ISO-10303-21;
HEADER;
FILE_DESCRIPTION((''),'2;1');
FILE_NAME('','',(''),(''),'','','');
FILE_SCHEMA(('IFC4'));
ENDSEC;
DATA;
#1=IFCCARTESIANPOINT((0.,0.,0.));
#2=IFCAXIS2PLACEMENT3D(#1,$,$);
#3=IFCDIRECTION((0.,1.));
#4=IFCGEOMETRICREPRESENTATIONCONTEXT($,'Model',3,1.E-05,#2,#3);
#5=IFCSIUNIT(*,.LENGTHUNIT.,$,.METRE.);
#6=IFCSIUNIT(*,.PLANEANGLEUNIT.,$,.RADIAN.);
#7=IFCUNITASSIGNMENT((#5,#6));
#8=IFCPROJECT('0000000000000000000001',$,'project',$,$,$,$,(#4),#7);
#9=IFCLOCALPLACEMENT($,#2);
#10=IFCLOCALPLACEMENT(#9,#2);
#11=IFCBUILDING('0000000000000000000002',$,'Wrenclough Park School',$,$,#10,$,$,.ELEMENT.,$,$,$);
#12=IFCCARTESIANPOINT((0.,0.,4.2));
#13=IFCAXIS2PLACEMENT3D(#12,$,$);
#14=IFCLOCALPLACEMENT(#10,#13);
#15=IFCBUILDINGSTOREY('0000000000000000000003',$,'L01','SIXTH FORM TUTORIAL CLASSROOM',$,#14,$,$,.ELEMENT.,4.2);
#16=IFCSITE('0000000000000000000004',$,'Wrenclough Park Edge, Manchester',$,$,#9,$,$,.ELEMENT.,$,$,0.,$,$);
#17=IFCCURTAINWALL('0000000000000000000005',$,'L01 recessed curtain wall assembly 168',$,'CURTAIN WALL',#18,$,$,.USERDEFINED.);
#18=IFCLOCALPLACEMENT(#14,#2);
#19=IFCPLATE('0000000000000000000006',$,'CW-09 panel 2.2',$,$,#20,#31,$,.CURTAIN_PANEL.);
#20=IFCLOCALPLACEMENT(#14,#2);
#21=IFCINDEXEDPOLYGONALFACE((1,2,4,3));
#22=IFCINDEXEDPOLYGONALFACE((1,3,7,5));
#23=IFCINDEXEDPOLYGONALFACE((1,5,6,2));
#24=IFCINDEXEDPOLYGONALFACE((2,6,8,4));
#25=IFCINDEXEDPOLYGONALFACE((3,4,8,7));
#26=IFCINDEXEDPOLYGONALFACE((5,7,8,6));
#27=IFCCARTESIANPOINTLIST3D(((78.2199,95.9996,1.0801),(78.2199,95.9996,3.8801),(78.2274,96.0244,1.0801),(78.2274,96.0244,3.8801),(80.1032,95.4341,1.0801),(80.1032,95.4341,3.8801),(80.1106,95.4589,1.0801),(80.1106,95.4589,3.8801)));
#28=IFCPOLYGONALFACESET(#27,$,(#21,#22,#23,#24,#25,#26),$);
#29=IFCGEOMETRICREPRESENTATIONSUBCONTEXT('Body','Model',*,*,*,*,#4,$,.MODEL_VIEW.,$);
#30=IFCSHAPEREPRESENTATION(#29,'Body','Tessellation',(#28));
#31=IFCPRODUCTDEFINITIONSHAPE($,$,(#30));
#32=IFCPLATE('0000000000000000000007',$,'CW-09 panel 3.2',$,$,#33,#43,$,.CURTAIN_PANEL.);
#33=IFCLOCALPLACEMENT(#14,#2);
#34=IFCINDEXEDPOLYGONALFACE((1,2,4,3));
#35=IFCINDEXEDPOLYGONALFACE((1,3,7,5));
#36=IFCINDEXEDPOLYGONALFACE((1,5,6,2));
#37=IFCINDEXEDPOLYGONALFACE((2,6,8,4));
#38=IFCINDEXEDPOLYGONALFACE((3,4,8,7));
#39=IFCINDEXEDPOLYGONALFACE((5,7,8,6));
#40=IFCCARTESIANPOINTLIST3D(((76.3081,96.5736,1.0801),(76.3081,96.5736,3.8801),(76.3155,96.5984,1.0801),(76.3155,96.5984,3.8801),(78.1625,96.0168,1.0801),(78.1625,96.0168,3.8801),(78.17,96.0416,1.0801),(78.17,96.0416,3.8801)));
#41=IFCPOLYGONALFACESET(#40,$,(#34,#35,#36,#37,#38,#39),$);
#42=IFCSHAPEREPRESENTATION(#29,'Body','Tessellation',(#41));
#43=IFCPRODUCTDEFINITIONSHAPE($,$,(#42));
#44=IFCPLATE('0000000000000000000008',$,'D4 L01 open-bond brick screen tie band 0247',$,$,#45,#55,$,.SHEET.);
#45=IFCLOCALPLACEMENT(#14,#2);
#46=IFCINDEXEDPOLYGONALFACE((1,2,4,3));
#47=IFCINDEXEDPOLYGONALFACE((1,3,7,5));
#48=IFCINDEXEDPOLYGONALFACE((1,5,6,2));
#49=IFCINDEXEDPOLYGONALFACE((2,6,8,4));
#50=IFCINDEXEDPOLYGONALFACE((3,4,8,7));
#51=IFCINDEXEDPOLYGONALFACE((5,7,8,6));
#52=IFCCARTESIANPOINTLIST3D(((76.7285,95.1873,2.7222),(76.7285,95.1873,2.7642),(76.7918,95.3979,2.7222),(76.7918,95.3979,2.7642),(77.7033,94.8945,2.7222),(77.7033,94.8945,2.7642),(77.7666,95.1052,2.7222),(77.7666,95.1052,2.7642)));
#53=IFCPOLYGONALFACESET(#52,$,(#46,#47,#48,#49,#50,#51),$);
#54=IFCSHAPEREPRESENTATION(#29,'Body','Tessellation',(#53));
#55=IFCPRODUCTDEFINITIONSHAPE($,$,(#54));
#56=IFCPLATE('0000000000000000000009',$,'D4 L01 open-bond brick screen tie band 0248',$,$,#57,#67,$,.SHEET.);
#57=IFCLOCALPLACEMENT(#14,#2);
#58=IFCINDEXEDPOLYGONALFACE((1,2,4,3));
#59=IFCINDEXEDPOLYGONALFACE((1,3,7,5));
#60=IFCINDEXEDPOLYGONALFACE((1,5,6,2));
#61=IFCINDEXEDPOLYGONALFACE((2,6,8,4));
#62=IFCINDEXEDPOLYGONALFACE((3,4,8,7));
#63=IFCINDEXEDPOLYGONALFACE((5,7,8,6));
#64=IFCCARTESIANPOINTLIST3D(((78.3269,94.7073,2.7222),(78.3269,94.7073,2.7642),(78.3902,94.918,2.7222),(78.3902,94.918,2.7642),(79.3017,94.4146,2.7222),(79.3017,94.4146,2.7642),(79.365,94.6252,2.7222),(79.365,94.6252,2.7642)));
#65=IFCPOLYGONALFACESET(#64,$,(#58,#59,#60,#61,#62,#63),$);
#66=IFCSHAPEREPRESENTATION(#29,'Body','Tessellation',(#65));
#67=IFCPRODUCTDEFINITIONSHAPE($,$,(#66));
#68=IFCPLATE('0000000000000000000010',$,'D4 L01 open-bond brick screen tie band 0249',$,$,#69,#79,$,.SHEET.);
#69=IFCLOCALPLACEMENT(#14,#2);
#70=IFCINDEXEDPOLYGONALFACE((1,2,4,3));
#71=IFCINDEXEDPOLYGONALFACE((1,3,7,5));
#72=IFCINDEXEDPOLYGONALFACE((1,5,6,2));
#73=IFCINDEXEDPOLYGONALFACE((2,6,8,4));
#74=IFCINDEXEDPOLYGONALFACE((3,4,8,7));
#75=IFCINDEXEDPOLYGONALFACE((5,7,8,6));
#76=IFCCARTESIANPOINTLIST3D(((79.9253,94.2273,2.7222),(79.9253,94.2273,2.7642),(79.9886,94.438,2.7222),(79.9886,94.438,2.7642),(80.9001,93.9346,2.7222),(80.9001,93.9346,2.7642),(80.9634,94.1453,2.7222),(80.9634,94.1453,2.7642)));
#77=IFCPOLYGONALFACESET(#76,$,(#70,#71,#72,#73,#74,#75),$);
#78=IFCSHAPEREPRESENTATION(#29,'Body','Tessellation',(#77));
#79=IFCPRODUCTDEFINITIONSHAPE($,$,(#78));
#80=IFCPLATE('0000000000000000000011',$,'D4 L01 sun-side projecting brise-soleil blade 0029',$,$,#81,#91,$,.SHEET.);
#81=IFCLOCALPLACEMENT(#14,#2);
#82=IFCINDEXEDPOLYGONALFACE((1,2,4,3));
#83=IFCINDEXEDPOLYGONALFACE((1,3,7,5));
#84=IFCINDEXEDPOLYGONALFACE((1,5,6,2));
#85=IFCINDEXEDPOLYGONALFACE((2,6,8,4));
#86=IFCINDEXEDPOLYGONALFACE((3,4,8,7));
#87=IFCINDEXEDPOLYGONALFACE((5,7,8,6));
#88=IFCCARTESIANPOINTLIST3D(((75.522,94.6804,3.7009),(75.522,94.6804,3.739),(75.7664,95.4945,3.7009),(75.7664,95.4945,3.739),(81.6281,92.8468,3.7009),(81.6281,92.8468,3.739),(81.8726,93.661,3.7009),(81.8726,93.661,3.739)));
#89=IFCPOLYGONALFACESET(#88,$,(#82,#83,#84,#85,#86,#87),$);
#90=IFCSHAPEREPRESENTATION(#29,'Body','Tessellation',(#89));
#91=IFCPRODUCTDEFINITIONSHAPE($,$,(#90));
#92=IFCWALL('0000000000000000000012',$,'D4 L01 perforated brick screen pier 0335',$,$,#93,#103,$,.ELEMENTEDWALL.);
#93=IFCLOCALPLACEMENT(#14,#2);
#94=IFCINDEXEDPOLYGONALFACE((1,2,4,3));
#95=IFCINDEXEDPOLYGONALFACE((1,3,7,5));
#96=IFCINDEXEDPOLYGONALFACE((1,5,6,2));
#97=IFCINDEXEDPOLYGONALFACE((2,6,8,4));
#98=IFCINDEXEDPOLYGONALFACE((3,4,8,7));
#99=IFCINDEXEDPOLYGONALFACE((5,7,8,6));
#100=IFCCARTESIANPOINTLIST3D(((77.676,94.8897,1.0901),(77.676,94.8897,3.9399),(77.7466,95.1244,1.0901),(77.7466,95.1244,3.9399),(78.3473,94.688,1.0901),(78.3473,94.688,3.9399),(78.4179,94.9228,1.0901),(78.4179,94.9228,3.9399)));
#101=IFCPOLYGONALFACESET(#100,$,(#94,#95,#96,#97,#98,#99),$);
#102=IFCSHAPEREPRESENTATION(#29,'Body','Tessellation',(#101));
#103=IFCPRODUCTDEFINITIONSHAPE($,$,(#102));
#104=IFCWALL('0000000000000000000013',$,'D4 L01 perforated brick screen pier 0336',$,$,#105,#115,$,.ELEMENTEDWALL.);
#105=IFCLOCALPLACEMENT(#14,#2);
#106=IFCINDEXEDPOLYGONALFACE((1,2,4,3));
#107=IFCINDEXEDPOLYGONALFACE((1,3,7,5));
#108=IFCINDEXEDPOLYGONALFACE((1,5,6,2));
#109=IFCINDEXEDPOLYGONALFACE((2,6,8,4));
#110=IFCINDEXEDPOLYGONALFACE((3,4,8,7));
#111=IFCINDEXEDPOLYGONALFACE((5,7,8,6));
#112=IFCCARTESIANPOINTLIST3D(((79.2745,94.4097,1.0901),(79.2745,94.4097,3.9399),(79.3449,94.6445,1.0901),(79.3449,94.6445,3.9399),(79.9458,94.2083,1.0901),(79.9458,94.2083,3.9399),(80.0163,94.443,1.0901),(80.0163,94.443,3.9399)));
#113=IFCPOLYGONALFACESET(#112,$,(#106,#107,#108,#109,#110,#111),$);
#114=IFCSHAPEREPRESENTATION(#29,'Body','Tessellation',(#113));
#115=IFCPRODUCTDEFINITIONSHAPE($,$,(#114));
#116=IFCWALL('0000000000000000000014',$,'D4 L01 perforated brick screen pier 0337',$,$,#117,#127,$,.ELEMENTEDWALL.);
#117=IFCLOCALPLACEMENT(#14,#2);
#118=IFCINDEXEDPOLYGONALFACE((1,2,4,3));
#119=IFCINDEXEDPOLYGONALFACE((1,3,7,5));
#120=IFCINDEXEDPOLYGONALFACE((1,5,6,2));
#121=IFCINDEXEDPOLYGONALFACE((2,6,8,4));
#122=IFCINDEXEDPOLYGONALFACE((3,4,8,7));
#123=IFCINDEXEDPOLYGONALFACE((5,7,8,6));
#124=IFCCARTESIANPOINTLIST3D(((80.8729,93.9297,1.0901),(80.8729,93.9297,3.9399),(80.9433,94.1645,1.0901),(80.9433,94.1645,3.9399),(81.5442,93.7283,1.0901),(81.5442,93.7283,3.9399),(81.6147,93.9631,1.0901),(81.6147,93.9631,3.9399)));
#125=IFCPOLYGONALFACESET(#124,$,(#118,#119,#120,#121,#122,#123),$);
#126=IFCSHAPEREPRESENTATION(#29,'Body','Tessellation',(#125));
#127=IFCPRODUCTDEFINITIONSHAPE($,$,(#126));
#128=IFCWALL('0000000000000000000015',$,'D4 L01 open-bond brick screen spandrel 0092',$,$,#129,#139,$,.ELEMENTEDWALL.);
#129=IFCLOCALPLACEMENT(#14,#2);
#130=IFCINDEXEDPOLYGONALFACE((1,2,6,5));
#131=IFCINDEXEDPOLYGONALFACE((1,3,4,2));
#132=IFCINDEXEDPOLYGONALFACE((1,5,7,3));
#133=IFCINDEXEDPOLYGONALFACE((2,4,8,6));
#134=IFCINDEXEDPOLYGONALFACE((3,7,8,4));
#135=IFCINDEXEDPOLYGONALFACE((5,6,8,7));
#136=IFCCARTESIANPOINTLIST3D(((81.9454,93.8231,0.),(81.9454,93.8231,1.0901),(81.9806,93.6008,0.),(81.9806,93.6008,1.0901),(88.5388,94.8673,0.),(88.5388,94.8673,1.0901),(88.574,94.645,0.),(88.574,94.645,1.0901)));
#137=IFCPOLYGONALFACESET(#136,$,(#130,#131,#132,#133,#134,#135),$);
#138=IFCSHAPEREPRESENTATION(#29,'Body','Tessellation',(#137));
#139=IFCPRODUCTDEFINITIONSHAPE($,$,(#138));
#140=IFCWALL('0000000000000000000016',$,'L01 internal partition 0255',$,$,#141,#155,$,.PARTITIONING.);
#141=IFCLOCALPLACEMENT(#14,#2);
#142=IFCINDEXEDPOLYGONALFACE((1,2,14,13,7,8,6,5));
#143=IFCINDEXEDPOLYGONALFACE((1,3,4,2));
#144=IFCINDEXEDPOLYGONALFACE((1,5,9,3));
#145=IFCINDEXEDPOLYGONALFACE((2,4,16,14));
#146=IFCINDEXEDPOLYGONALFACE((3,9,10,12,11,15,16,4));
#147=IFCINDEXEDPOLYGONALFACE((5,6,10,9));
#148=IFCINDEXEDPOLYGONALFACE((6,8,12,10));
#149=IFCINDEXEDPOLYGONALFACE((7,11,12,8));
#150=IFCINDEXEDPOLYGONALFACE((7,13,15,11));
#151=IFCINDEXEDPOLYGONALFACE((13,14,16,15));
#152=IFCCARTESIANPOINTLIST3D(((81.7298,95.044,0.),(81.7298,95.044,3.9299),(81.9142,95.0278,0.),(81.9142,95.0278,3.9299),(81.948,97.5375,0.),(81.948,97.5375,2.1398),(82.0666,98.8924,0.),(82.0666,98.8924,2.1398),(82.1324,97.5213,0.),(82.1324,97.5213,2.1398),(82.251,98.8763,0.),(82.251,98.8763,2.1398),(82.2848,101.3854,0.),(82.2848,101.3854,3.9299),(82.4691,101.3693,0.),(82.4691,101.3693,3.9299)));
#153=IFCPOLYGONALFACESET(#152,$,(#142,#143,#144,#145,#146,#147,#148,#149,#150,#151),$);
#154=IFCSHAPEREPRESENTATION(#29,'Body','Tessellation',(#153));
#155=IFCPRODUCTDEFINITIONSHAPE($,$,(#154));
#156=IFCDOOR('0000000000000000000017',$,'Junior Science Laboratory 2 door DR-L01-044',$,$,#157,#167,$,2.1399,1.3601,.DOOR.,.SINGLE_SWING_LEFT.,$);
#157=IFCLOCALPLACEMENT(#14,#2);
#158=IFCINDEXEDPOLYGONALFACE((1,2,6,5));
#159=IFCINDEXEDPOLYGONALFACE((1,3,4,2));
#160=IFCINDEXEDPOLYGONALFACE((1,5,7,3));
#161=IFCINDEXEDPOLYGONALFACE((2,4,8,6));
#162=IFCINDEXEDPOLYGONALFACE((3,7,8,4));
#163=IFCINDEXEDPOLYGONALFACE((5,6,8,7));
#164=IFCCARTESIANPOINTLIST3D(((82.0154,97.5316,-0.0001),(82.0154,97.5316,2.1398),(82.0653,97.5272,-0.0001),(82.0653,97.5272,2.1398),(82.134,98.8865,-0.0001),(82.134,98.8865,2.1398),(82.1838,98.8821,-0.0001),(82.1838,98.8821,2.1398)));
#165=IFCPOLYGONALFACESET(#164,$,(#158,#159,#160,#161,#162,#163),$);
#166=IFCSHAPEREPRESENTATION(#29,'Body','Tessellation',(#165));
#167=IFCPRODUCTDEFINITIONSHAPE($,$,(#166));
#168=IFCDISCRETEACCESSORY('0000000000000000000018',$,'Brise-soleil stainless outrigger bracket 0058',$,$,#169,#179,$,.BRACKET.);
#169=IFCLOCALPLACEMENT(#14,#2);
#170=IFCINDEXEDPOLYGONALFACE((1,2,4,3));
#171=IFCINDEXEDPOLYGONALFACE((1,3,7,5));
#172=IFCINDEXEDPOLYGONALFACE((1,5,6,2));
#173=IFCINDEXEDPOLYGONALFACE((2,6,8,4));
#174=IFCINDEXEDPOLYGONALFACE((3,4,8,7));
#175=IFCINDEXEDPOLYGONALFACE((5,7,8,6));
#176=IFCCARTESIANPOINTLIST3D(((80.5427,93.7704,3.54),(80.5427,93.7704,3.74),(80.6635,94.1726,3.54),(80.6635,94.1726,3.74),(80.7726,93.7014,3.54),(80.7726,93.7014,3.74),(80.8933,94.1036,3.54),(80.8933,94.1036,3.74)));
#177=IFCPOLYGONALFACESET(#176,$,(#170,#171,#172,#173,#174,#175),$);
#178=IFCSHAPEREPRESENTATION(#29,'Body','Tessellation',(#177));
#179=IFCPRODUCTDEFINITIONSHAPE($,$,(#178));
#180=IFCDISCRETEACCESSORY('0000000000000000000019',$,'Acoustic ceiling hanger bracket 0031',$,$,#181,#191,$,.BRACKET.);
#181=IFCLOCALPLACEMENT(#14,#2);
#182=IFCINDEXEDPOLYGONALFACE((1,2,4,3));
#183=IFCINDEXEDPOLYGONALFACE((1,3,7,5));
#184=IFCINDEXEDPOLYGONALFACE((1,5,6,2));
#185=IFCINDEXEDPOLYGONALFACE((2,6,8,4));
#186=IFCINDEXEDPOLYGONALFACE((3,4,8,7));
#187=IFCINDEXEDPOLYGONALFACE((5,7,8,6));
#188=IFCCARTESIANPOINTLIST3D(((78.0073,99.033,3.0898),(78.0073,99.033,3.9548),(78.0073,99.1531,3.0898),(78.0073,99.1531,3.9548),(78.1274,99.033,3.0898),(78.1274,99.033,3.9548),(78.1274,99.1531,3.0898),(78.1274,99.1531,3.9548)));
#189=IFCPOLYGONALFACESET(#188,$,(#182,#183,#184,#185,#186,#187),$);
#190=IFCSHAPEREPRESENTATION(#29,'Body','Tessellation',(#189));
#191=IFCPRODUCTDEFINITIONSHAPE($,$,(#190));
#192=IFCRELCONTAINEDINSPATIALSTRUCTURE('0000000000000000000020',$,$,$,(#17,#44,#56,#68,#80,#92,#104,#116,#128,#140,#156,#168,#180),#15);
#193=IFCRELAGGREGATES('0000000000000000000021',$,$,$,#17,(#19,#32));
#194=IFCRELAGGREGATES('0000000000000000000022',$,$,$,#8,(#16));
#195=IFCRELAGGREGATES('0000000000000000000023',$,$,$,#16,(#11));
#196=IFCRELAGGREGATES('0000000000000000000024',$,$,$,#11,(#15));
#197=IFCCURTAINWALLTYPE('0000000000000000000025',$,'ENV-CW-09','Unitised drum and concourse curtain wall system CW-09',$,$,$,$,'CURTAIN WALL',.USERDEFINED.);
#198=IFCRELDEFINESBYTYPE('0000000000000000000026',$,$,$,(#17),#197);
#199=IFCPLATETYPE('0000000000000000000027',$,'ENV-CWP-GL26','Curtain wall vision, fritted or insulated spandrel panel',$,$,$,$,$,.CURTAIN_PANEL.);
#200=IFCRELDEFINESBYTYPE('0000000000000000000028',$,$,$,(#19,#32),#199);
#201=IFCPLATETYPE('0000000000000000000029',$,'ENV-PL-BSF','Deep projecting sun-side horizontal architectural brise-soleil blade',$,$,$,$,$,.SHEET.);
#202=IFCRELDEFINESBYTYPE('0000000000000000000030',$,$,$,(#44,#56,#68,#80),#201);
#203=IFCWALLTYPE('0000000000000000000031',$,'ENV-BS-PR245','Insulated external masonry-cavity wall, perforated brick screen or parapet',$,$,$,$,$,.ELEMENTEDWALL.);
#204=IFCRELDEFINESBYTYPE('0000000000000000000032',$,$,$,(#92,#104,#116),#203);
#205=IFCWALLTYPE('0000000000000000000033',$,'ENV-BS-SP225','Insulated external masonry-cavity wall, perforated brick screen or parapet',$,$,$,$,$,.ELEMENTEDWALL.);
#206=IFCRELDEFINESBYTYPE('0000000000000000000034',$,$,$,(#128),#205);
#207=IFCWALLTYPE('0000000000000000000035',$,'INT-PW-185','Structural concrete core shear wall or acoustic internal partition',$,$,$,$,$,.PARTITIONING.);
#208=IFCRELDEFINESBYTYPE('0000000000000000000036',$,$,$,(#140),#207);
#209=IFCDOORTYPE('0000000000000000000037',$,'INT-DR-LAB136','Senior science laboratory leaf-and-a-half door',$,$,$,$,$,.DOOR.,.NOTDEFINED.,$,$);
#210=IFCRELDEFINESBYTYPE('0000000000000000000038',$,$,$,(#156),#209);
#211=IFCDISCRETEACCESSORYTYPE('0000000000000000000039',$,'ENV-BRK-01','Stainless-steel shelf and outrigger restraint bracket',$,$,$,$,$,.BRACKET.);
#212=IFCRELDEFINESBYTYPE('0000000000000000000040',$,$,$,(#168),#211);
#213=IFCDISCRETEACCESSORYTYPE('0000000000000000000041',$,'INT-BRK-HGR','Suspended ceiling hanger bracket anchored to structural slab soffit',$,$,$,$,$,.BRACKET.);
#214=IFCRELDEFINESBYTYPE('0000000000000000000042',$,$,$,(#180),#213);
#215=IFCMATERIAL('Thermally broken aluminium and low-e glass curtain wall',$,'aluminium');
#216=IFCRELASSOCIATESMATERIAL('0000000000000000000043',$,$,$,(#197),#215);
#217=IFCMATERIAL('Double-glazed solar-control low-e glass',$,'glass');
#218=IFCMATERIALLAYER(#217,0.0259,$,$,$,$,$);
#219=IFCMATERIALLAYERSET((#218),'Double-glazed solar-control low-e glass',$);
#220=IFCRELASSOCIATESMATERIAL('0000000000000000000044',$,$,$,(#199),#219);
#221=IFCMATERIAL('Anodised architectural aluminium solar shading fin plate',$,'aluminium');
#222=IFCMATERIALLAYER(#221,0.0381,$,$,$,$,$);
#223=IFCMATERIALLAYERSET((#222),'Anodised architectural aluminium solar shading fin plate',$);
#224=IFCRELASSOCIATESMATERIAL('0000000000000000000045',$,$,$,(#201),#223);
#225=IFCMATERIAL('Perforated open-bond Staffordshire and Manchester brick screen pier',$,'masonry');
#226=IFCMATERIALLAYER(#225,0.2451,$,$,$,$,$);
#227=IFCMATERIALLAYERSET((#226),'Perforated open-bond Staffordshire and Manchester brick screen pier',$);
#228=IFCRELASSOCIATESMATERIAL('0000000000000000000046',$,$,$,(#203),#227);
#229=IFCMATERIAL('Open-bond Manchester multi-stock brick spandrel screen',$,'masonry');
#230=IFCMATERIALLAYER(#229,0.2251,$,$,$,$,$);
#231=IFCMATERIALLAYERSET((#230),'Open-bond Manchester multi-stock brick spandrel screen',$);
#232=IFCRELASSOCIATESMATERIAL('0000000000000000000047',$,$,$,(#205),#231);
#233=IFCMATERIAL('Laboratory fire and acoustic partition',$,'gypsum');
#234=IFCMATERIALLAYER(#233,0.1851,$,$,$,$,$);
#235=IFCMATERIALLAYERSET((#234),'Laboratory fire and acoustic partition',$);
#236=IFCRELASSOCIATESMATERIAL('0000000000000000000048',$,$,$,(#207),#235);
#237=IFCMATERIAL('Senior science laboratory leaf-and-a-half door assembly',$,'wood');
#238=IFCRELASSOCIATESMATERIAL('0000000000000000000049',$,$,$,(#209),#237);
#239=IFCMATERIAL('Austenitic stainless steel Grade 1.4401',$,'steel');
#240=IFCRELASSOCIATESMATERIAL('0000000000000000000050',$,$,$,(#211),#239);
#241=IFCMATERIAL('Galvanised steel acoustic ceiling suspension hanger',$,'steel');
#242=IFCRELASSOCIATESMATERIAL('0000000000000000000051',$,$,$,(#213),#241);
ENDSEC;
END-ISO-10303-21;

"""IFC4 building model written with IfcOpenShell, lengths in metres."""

from ifc_helpers import new_model, si_unit, direction, frame, frame_2d, origin, origin_2d, place, context, subcontext, project, spatial, rectangle, extrude, material, layer, layer_set, type_object, element, fill, aggregate, save


model = new_model("IFC4")

# Units and contexts
model_context = context("Model", 3, precision=1e-05, world=origin(), true_north=direction((0.0, 1.0)))
body_context = subcontext(model_context, "Body", "Model", "MODEL_VIEW")
ifc_project = project(units=[si_unit("LENGTHUNIT", "METRE"), si_unit("PLANEANGLEUNIT", "RADIAN")], contexts=[model_context])

# Site, building, storey
site_placement = place(None, origin())
site = spatial("IfcSite", under=ifc_project, at=site_placement, Name="Wrenclough Park Edge, Manchester", CompositionType="ELEMENT", RefElevation=0.0)
building_placement = place(site_placement, origin())
building = spatial("IfcBuilding", under=site, at=building_placement, Name="Wrenclough Park School", CompositionType="ELEMENT")
storey_placement = place(building_placement, frame((0.0, 0.0, 4.2)))
storey = spatial("IfcBuildingStorey", under=building, at=storey_placement, Name="L01", Description="SIXTH FORM TUTORIAL CLASSROOM", CompositionType="ELEMENT", Elevation=4.2)

# Curtain wall, plates
ifc_material_1 = material(Name="Thermally broken aluminium and low-e glass curtain wall", Category="aluminium")
curtain_wall_type = type_object("IfcCurtainWallType", Name="ENV-CW-09", Description="Unitised drum and concourse curtain wall system CW-09", ElementType="CURTAIN WALL", PredefinedType="USERDEFINED", material=ifc_material_1)
curtain_wall_placement = place(storey_placement, origin())
curtain_wall = element("IfcCurtainWall", 1, at=curtain_wall_placement, inside=storey, type_object=curtain_wall_type, Name="L01 recessed curtain wall assembly 168", ObjectType="CURTAIN WALL", PredefinedType="USERDEFINED")
ifc_material_2 = material(Name="Double-glazed solar-control low-e glass", Category="glass")
ifc_layer_1 = layer(ifc_material_2, 0.0259)
ifc_layer_set_1 = layer_set([ifc_layer_1], Name="Double-glazed solar-control low-e glass")
plate_type_1 = type_object("IfcPlateType", Name="ENV-CWP-GL26", Description="Curtain wall vision, fritted or insulated spandrel panel", PredefinedType="CURTAIN_PANEL", material=ifc_layer_set_1)
plate_1_placement = place(storey_placement, frame((79.1653, 95.7292, 1.0801), z_axis=(0.0, 0.0, 1.0), x_axis=(-0.957756, 0.287583, 0.0)))
plate_1 = element("IfcPlate", 2, at=plate_1_placement, type_object=plate_type_1, Name="CW-09 panel 2.2", PredefinedType="CURTAIN_PANEL", context=body_context, shape_type="SweptSolid", body=[
    extrude(rectangle(XDim=1.9663, YDim=0.0259, at=origin_2d()), origin(), (0.0, 0.0, 1.0), 2.8),
])
plate_2_placement = place(storey_placement, frame((77.239, 96.3076, 1.0801), z_axis=(0.0, 0.0, 1.0), x_axis=(-0.957756, 0.287583, 0.0)))
plate_2 = element("IfcPlate", 3, at=plate_2_placement, type_object=plate_type_1, Name="CW-09 panel 3.2", PredefinedType="CURTAIN_PANEL", context=body_context, shape_type="SweptSolid", body=[
    extrude(rectangle(XDim=1.9363, YDim=0.0259, at=origin_2d()), origin(), (0.0, 0.0, 1.0), 2.8),
])
aggregate(curtain_wall, [plate_1, plate_2])

# Plates
ifc_material_3 = material(Name="Anodised architectural aluminium solar shading fin plate", Category="aluminium")
ifc_layer_2 = layer(ifc_material_3, 0.0381)
ifc_layer_set_2 = layer_set([ifc_layer_2], Name="Anodised architectural aluminium solar shading fin plate")
plate_type_2 = type_object("IfcPlateType", Name="ENV-PL-BSF", Description="Deep projecting sun-side horizontal architectural brise-soleil blade", PredefinedType="SHEET", material=ifc_layer_set_2)
for number, where, z_axis, x_axis, name in (
    (4, (77.2476, 95.1462, 2.7222), (0.0, 0.0, 1.0), (0.957751, -0.287598, 0.0), "D4 L01 open-bond brick screen tie band 0247"),
    (5, (78.8459, 94.6663, 2.7222), (0.0, 0.0, 1.0), (0.957751, -0.287598, 0.0), "D4 L01 open-bond brick screen tie band 0248"),
    (6, (80.4443, 94.1863, 2.7222), (0.0, 0.0, 1.0), (0.957751, -0.287598, 0.0), "D4 L01 open-bond brick screen tie band 0249"),
):
    element("IfcPlate", number, at=place(storey_placement, frame(where, z_axis=z_axis, x_axis=x_axis)), inside=storey, type_object=plate_type_2, Name=name, PredefinedType="SHEET", context=body_context, shape_type="SweptSolid", body=[
        extrude(rectangle(XDim=1.0178, YDim=0.22, at=origin_2d()), origin(), (0.0, 0.0, 1.0), 0.042),
    ])
plate_3_placement = place(storey_placement, frame((78.6973, 94.1707, 3.7009), z_axis=(0.0, 0.0, 1.0), x_axis=(0.957751, -0.287598, 0.0)))
element("IfcPlate", 7, at=plate_3_placement, inside=storey, type_object=plate_type_2, Name="D4 L01 sun-side projecting brise-soleil blade 0029", PredefinedType="SHEET", context=body_context, shape_type="SweptSolid", body=[
    extrude(rectangle(XDim=6.3755, YDim=0.8501, at=origin_2d()), origin(), (0.0, 0.0, 1.0), 0.0381),
])

# Walls
ifc_material_4 = material(Name="Perforated open-bond Staffordshire and Manchester brick screen pier", Category="masonry")
ifc_layer_3 = layer(ifc_material_4, 0.2451)
ifc_layer_set_3 = layer_set([ifc_layer_3], Name="Perforated open-bond Staffordshire and Manchester brick screen pier")
wall_type_1 = type_object("IfcWallType", Name="ENV-BS-PR245", Description="Insulated external masonry-cavity wall, perforated brick screen or parapet", PredefinedType="ELEMENTEDWALL", material=ifc_layer_set_3)
for number, where, z_axis, x_axis, name in (
    (8, (77.7112, 95.0071, 1.0901), (0.0, 0.0, 1.0), (0.95773, -0.287667, 0.0), "D4 L01 perforated brick screen pier 0335"),
    (9, (79.3096, 94.5271, 1.0901), (0.0, 0.0, 1.0), (0.957826, -0.287348, 0.0), "D4 L01 perforated brick screen pier 0336"),
    (10, (80.908, 94.0471, 1.0901), (0.0, 0.0, 1.0), (0.957826, -0.287348, 0.0), "D4 L01 perforated brick screen pier 0337"),
):
    element("IfcWall", number, at=place(storey_placement, frame(where, z_axis=z_axis, x_axis=x_axis)), inside=storey, type_object=wall_type_1, Name=name, PredefinedType="ELEMENTEDWALL", context=body_context, shape_type="SweptSolid", body=[
        extrude(rectangle(XDim=0.7009, YDim=0.2451, at=frame_2d((0.3506, 0.0))), origin(), (0.0, 0.0, 1.0), 2.8499),
    ])
ifc_material_5 = material(Name="Open-bond Manchester multi-stock brick spandrel screen", Category="masonry")
ifc_layer_4 = layer(ifc_material_5, 0.2251)
ifc_layer_set_4 = layer_set([ifc_layer_4], Name="Open-bond Manchester multi-stock brick spandrel screen")
wall_type_2 = type_object("IfcWallType", Name="ENV-BS-SP225", Description="Insulated external masonry-cavity wall, perforated brick screen or parapet", PredefinedType="ELEMENTEDWALL", material=ifc_layer_set_4)
wall_1_placement = place(storey_placement, frame((81.9629, 93.7119, 0.0), z_axis=(0.0, 0.0, 1.0), x_axis=(0.98769, 0.156423, 0.0)))
element("IfcWall", 11, at=wall_1_placement, inside=storey, type_object=wall_type_2, Name="D4 L01 open-bond brick screen spandrel 0092", PredefinedType="ELEMENTEDWALL", context=body_context, shape_type="SweptSolid", body=[
    extrude(rectangle(XDim=6.6755, YDim=0.2251, at=frame_2d((3.3379, 0.0))), origin(), (0.0, 0.0, 1.0), 1.0901),
])

# Wall, opening, door
ifc_material_6 = material(Name="Laboratory fire and acoustic partition", Category="gypsum")
ifc_layer_5 = layer(ifc_material_6, 0.1851)
ifc_layer_set_5 = layer_set([ifc_layer_5], Name="Laboratory fire and acoustic partition")
wall_type_3 = type_object("IfcWallType", Name="INT-PW-185", Description="Structural concrete core shear wall or acoustic internal partition", PredefinedType="PARTITIONING", material=ifc_layer_set_5)
wall_2_placement = place(storey_placement, frame((81.822, 95.0359, 0.0), z_axis=(0.0, 0.0, 1.0), x_axis=(0.087174, 0.996193, 0.0)))
wall_2 = element("IfcWall", 12, at=wall_2_placement, inside=storey, type_object=wall_type_3, Name="L01 internal partition 0255", PredefinedType="PARTITIONING", context=body_context, shape_type="SweptSolid", body=[
    extrude(rectangle(XDim=6.3657, YDim=0.1851, at=frame_2d((3.1829, 0.0))), origin(), (0.0, 0.0, 1.0), 3.9299),
])
opening_placement = place(wall_2_placement, frame((2.5029, 0.0, 0.0)))
opening = element("IfcOpeningElement", 13, at=opening_placement, cuts=wall_2, PredefinedType="OPENING", context=body_context, shape_type="SweptSolid", body=[
    extrude(rectangle(XDim=1.3601, YDim=2.1399, at=frame_2d((0.6802, 1.0698))), frame((0.0, 0.1025, 0.0), z_axis=(0.0, -1.0, 0.0), x_axis=(1.0, 0.0, 0.0)), (0.0, 0.0, 1.0), 0.2051),
])
ifc_material_7 = material(Name="Senior science laboratory leaf-and-a-half door assembly", Category="wood")
door_type = type_object("IfcDoorType", Name="INT-DR-LAB136", Description="Senior science laboratory leaf-and-a-half door", OperationType="NOTDEFINED", PredefinedType="DOOR", material=ifc_material_7)
door_placement = place(opening_placement, origin())
door = element("IfcDoor", 14, at=door_placement, inside=storey, type_object=door_type, Name="Junior Science Laboratory 2 door DR-L01-044", OperationType="SINGLE_SWING_LEFT", OverallHeight=2.1399, OverallWidth=1.3601, PredefinedType="DOOR", context=body_context, shape_type="SweptSolid", body=[
    extrude(rectangle(XDim=1.3601, YDim=2.1399, at=frame_2d((0.6802, 1.0698))), frame((0.0, 0.0249, 0.0), z_axis=(0.0, -1.0, 0.0), x_axis=(1.0, 0.0, 0.0)), (0.0, 0.0, 1.0), 0.05),
])
fill(opening, door)

# Discrete accessories
ifc_material_8 = material(Name="Austenitic stainless steel Grade 1.4401", Category="steel")
discrete_accessory_type_1 = type_object("IfcDiscreteAccessoryType", Name="ENV-BRK-01", Description="Stainless-steel shelf and outrigger restraint bracket", PredefinedType="BRACKET", material=ifc_material_8)
discrete_accessory_1_placement = place(storey_placement, frame((80.718, 93.937, 3.54), z_axis=(0.0, 0.0, 1.0), x_axis=(0.957751, -0.287598, 0.0)))
element("IfcDiscreteAccessory", 15, at=discrete_accessory_1_placement, inside=storey, type_object=discrete_accessory_type_1, Name="Brise-soleil stainless outrigger bracket 0058", PredefinedType="BRACKET", context=body_context, shape_type="SweptSolid", body=[
    extrude(rectangle(XDim=0.24, YDim=0.4199, at=origin_2d()), origin(), (0.0, 0.0, 1.0), 0.2),
])
ifc_material_9 = material(Name="Galvanised steel acoustic ceiling suspension hanger", Category="steel")
discrete_accessory_type_2 = type_object("IfcDiscreteAccessoryType", Name="INT-BRK-HGR", Description="Suspended ceiling hanger bracket anchored to structural slab soffit", PredefinedType="BRACKET", material=ifc_material_9)
discrete_accessory_2_placement = place(storey_placement, frame((78.0674, 99.093, 3.0898), z_axis=(0.0, 0.0, 1.0), x_axis=(1.0, 0.0, 0.0)))
element("IfcDiscreteAccessory", 16, at=discrete_accessory_2_placement, inside=storey, type_object=discrete_accessory_type_2, Name="Acoustic ceiling hanger bracket 0031", PredefinedType="BRACKET", context=body_context, shape_type="SweptSolid", body=[
    extrude(rectangle(XDim=0.1201, YDim=0.1201, at=origin_2d()), origin(), (0.0, 0.0, 1.0), 0.865),
])

save(model, "model.ifc")
